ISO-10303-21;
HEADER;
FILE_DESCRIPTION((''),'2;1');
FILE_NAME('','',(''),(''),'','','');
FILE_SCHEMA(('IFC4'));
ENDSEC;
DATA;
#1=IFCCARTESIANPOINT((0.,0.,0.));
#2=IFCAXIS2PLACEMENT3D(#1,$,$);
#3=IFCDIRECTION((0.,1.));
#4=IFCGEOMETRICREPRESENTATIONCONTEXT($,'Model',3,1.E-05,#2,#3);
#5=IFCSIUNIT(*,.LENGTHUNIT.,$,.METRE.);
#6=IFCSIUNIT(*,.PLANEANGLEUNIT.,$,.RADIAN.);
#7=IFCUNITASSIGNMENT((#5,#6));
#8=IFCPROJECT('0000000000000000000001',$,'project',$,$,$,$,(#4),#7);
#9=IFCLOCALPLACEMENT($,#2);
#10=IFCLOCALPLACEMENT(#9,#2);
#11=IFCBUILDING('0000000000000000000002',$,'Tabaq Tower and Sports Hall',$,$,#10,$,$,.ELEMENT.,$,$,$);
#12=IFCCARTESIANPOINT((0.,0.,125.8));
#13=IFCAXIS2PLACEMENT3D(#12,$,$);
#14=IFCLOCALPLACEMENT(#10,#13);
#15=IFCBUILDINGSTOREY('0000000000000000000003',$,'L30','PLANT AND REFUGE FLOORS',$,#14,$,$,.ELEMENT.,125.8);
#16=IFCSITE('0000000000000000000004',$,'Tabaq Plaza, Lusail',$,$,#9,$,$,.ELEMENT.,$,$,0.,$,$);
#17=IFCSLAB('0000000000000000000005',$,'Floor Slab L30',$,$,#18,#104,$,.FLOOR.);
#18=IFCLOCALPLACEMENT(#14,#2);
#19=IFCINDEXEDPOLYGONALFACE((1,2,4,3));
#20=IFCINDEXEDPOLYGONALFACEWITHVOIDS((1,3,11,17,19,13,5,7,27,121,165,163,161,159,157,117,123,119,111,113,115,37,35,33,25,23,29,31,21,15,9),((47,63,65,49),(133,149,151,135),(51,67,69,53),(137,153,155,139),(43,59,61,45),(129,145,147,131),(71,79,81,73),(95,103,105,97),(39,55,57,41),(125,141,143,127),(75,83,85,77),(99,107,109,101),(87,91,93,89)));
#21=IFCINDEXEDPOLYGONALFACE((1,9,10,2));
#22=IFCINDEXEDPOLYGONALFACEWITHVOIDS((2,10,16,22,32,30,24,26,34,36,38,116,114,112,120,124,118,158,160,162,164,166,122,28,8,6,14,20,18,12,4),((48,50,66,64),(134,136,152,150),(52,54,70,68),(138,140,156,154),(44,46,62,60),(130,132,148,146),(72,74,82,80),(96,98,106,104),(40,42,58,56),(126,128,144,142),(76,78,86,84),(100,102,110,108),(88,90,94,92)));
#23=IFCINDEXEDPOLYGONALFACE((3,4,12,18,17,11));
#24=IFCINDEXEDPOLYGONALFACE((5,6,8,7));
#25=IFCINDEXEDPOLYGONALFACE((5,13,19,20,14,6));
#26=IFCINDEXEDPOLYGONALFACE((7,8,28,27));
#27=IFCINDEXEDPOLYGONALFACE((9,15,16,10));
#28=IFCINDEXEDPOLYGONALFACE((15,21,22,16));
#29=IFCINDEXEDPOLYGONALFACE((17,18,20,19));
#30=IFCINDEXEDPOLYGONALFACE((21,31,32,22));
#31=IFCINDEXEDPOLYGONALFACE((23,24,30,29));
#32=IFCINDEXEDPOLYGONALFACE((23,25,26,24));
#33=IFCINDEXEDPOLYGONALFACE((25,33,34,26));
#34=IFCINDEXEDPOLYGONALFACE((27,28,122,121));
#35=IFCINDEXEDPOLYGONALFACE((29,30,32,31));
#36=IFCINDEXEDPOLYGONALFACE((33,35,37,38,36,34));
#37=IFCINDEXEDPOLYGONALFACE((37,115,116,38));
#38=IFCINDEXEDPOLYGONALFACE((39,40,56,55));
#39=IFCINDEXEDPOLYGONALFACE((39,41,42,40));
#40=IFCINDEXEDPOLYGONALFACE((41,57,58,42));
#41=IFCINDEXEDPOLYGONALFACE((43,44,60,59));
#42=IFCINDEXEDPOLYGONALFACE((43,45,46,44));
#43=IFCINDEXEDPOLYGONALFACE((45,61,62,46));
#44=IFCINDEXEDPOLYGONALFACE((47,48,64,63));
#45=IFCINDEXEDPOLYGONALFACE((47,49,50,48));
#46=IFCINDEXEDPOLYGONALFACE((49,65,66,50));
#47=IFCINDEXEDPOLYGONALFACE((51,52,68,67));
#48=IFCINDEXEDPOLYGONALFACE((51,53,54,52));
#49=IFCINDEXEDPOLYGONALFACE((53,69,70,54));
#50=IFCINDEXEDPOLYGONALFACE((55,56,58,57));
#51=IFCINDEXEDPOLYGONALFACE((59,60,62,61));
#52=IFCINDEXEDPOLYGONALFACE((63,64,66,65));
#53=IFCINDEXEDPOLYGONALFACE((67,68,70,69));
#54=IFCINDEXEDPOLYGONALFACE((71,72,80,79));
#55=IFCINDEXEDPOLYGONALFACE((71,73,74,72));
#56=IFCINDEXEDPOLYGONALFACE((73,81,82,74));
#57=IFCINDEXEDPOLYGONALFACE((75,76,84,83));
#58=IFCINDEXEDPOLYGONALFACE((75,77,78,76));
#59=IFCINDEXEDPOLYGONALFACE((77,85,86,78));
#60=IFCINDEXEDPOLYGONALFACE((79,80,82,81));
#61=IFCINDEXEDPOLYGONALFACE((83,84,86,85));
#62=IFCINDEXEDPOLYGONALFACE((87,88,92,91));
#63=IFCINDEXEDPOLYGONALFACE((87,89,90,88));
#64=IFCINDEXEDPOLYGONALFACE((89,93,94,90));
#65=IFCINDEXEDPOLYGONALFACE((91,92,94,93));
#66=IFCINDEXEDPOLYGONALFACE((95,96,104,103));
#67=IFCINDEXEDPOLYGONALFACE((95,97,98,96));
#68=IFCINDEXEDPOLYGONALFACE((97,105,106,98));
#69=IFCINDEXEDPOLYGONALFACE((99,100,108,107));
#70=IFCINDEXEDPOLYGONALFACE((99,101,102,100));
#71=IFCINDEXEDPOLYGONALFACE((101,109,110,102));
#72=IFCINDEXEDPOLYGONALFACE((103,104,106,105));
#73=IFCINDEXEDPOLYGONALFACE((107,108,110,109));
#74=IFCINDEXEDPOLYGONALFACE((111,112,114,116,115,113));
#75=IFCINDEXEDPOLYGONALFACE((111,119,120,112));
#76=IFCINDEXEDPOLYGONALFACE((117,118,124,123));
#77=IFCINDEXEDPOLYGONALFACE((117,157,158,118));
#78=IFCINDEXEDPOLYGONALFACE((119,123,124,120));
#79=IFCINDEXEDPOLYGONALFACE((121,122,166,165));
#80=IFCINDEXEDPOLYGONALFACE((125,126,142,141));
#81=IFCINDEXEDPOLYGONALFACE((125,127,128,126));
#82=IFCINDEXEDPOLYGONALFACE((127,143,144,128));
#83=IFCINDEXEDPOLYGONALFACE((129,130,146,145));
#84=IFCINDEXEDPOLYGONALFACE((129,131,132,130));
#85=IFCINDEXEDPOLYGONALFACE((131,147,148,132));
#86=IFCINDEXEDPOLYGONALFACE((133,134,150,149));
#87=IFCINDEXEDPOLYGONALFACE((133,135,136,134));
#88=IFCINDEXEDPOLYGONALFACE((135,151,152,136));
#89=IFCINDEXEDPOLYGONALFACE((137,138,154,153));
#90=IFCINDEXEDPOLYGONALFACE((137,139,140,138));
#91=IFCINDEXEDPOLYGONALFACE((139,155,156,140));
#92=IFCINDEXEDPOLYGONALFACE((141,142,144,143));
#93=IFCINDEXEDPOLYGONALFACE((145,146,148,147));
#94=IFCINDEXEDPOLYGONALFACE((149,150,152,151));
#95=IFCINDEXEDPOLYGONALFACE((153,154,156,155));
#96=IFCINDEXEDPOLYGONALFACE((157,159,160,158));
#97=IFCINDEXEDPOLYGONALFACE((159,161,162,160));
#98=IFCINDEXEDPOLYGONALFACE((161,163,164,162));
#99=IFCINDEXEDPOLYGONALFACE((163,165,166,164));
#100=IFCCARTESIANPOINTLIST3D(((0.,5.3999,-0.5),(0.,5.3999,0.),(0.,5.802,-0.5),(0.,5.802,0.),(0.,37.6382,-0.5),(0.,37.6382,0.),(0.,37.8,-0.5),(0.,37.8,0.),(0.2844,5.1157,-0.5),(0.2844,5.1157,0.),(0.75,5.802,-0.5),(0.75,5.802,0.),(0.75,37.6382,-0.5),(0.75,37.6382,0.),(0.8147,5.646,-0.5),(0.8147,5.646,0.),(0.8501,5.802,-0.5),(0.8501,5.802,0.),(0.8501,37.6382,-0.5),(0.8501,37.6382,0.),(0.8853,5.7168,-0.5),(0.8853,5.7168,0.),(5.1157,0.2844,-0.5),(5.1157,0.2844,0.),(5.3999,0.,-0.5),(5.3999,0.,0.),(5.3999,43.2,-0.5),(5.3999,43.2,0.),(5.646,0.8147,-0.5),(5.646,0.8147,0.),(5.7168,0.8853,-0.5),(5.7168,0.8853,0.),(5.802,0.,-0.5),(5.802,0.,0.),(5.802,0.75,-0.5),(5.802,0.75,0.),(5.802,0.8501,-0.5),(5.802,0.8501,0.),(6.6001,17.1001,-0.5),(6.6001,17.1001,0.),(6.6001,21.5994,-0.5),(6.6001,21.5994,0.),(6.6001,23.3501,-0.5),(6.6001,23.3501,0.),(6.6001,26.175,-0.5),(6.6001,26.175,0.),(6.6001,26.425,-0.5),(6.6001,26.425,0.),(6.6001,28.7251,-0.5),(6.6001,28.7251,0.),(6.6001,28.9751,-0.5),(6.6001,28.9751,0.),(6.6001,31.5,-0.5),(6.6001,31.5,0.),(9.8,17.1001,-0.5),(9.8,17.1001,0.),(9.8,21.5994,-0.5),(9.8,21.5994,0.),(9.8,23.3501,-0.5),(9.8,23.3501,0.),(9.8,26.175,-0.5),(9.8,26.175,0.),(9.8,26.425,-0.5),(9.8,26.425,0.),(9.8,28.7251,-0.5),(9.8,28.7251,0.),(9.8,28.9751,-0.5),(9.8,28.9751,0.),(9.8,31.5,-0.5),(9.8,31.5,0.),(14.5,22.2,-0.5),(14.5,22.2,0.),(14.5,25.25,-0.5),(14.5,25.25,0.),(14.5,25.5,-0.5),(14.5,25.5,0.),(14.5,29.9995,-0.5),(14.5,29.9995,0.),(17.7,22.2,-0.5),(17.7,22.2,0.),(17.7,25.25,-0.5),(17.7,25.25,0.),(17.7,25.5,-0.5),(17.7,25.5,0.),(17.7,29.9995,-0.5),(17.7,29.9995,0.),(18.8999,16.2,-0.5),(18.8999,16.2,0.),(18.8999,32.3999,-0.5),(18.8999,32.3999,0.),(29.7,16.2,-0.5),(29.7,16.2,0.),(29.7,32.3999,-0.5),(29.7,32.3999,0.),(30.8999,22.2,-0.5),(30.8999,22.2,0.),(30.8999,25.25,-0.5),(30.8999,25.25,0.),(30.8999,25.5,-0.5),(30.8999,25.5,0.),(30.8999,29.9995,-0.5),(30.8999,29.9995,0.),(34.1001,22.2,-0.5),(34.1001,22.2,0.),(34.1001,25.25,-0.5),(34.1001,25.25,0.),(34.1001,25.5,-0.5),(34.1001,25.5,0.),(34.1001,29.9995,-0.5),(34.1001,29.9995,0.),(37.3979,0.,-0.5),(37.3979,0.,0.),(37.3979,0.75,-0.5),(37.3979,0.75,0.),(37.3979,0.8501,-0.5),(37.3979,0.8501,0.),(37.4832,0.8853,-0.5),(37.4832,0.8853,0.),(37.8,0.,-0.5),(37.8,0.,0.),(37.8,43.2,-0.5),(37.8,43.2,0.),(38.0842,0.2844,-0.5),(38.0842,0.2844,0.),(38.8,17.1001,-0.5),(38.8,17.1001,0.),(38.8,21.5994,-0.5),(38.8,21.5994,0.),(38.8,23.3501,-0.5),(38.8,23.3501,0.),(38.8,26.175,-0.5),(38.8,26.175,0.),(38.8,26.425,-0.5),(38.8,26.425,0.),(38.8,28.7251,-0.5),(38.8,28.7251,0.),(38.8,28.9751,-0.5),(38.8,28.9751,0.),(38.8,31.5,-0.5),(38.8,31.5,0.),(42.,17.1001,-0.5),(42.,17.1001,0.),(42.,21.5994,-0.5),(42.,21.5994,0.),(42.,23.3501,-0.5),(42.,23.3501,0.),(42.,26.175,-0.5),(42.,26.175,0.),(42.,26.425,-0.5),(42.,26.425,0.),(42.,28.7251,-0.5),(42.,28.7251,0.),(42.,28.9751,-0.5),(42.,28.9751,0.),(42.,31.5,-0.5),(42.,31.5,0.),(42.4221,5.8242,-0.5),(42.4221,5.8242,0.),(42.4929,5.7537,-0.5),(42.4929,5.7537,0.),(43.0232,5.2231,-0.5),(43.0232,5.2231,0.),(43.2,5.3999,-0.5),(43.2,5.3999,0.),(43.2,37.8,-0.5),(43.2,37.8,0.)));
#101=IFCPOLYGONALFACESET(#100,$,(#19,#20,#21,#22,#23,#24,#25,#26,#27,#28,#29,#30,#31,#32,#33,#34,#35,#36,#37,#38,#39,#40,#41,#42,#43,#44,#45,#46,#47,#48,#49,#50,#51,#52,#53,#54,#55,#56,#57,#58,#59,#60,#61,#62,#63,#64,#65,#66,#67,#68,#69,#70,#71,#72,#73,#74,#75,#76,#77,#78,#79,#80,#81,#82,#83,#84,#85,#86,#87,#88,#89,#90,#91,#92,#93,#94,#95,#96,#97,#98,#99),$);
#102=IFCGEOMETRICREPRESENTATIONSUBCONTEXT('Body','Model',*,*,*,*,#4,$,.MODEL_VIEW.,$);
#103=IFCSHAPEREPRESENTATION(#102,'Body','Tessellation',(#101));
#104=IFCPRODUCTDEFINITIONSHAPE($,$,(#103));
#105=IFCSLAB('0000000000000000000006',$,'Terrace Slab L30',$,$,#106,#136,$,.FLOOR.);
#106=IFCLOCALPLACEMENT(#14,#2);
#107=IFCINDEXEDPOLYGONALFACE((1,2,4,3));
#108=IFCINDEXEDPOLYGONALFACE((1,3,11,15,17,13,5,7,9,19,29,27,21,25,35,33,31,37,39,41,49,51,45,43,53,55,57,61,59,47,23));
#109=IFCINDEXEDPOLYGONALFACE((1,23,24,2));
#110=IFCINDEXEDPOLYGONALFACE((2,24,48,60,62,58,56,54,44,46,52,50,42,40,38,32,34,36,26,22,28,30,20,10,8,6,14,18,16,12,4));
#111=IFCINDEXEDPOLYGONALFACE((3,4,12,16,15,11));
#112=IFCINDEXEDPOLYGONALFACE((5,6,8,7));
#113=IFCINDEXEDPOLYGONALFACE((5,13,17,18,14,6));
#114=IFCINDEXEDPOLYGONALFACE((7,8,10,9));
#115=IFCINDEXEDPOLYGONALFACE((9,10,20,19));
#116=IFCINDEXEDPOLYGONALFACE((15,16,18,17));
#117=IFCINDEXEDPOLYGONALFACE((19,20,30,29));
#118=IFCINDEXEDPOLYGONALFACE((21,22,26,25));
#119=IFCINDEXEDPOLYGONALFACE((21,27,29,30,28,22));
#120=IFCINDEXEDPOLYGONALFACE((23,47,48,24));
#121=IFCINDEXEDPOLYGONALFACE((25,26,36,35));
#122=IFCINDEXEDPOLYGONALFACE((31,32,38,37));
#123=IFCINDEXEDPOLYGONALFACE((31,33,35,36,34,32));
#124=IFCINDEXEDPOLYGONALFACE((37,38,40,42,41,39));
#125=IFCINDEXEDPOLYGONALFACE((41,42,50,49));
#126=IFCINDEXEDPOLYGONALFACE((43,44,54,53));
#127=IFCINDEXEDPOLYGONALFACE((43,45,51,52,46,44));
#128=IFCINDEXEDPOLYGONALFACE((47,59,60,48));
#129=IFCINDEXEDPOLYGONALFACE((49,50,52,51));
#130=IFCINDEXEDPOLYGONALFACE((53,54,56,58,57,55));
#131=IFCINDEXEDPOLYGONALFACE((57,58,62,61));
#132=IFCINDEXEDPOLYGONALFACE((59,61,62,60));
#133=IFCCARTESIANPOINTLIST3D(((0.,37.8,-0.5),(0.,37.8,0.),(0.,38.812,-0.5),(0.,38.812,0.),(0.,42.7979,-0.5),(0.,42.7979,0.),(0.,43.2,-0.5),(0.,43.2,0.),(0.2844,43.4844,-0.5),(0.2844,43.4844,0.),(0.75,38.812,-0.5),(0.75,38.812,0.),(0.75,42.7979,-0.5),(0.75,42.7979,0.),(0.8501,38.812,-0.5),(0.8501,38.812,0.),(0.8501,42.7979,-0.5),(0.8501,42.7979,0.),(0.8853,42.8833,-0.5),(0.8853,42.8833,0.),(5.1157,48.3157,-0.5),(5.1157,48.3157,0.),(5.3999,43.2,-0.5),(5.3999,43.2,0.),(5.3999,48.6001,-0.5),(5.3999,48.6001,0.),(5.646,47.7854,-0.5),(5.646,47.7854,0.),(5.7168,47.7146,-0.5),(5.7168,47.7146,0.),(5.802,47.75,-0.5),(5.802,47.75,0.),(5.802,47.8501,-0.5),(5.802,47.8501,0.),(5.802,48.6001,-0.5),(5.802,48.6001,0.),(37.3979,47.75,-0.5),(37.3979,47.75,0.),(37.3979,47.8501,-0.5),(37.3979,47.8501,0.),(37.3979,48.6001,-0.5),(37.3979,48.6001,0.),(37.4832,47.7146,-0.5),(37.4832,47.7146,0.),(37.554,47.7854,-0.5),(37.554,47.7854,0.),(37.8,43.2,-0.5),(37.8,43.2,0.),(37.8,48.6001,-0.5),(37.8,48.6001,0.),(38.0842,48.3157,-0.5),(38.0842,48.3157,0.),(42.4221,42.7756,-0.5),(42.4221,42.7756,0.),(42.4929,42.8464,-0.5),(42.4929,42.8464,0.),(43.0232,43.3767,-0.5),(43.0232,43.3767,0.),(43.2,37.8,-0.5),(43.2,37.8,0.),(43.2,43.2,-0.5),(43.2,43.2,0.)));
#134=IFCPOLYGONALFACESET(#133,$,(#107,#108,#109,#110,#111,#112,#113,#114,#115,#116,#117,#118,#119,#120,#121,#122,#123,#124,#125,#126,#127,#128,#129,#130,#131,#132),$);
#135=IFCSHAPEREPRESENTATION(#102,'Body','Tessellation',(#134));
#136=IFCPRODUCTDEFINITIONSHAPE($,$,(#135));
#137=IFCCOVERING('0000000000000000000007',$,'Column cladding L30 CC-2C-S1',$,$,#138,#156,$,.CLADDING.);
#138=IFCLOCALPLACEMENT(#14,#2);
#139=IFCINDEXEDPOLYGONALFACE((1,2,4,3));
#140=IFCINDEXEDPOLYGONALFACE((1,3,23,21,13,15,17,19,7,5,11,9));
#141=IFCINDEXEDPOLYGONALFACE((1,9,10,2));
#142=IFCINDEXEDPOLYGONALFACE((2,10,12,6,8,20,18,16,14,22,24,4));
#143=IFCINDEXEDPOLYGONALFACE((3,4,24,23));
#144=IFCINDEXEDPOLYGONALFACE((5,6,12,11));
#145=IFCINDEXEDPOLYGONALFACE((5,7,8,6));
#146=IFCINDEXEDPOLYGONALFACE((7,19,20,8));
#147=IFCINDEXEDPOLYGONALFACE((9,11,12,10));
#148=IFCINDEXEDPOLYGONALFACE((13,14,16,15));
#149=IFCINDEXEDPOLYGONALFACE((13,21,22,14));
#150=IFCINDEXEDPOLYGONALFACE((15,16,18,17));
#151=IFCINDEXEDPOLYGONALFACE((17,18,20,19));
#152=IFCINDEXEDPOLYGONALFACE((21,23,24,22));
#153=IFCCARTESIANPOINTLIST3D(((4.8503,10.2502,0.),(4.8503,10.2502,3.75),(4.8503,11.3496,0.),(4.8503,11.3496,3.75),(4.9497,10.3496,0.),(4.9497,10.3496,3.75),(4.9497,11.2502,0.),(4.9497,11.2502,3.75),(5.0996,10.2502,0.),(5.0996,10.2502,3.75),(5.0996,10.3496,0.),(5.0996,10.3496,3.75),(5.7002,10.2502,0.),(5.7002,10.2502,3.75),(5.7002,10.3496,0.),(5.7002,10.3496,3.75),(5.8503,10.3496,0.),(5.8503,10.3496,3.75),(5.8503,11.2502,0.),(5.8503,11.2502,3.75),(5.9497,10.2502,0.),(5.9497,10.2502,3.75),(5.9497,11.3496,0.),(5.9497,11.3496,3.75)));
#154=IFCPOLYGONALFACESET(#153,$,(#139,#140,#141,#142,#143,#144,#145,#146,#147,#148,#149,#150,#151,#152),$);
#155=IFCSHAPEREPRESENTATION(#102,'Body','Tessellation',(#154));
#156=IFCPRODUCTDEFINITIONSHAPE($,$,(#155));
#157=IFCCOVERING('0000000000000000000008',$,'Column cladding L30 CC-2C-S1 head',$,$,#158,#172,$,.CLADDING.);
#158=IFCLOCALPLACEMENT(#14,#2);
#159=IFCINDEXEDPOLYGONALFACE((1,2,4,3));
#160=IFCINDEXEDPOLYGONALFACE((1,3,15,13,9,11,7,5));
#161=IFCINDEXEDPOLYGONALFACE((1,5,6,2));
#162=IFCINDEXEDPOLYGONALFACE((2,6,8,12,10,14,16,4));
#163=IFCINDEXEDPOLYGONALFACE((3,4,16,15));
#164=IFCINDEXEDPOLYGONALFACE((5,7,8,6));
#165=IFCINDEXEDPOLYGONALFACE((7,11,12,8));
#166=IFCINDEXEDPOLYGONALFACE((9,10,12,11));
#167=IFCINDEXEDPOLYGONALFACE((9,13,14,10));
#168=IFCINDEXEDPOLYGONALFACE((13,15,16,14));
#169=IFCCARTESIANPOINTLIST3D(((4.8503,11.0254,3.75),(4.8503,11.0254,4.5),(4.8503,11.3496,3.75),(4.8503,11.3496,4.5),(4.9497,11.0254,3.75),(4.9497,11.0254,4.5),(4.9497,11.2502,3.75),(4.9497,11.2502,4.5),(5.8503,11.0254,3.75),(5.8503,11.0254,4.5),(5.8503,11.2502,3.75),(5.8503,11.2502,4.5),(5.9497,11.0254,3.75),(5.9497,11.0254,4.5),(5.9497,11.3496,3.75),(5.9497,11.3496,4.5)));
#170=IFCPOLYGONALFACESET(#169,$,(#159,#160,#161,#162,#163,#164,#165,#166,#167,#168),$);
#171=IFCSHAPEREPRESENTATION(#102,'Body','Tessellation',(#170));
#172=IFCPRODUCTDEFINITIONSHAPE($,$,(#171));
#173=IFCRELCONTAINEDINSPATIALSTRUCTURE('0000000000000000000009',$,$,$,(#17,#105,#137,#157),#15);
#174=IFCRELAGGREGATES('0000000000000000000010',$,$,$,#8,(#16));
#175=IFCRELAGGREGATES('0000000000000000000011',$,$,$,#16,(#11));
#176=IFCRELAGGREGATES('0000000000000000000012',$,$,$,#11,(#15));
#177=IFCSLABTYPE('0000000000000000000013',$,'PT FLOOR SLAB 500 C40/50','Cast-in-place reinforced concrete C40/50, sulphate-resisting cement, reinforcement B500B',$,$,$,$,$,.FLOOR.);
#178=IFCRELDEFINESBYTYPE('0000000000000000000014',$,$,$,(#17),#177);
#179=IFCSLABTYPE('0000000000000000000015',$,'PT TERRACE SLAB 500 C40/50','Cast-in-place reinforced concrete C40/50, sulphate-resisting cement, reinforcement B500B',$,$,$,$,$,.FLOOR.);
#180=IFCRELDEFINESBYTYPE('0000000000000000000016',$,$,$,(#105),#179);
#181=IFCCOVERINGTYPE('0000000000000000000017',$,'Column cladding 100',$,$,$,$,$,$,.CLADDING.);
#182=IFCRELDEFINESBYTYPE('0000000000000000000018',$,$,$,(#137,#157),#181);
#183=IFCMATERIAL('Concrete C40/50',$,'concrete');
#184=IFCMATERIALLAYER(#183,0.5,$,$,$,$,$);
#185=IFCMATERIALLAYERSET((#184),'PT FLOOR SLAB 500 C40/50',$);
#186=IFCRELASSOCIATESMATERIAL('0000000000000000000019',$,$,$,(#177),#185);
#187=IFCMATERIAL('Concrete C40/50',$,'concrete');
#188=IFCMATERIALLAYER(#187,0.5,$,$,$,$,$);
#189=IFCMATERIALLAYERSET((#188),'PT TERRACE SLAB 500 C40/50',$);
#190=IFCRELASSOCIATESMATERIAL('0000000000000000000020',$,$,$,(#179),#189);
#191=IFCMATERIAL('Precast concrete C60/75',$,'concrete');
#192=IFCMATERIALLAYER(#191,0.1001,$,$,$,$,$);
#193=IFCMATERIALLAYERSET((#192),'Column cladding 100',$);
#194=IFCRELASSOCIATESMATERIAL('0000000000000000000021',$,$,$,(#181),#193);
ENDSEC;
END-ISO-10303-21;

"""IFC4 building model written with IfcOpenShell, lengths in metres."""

from ifc_helpers import new_model, si_unit, direction, frame, origin, place, context, subcontext, project, spatial, polyline, outline, extrude, material, layer, layer_set, type_object, element, save


model = new_model("IFC4")

# Units and contexts
model_context = context("Model", 3, precision=1e-05, world=origin(), true_north=direction((0.0, 1.0)))
body_context = subcontext(model_context, "Body", "Model", "MODEL_VIEW")
ifc_project = project(units=[si_unit("LENGTHUNIT", "METRE"), si_unit("PLANEANGLEUNIT", "RADIAN")], contexts=[model_context])

# Site, building, storey
site_placement = place(None, origin())
site = spatial("IfcSite", under=ifc_project, at=site_placement, Name="Tabaq Plaza, Lusail", CompositionType="ELEMENT", RefElevation=0.0)
building_placement = place(site_placement, origin())
building = spatial("IfcBuilding", under=site, at=building_placement, Name="Tabaq Tower and Sports Hall", CompositionType="ELEMENT")
storey_placement = place(building_placement, frame((0.0, 0.0, 125.8)))
storey = spatial("IfcBuildingStorey", under=building, at=storey_placement, Name="L30", Description="PLANT AND REFUGE FLOORS", CompositionType="ELEMENT", Elevation=125.8)

# Slabs
ifc_material_1 = material(Name="Concrete C40/50", Category="concrete")
ifc_layer_1 = layer(ifc_material_1, 0.5)
ifc_layer_set_1 = layer_set([ifc_layer_1], Name="PT FLOOR SLAB 500 C40/50")
slab_type_1 = type_object("IfcSlabType", Name="PT FLOOR SLAB 500 C40/50", Description="Cast-in-place reinforced concrete C40/50, sulphate-resisting cement, reinforcement B500B", PredefinedType="FLOOR", material=ifc_layer_set_1)
slab_1_placement = place(storey_placement, frame((0.0, 0.0, -0.5)))
element("IfcSlab", 1, at=slab_1_placement, inside=storey, type_object=slab_type_1, Name="Floor Slab L30", PredefinedType="FLOOR", context=body_context, shape_type="SweptSolid", body=[
    extrude(outline(polyline([(0.0, 5.802), (0.0, 5.3999), (0.2844, 5.1157), (0.8147, 5.646), (0.8853, 5.7168), (5.7168, 0.8853), (5.646, 0.8147), (5.1157, 0.2844), (5.3999, 0.0), (5.802, 0.0), (5.802, 0.75), (5.802, 0.8501), (37.3979, 0.8501), (37.3979, 0.75), (37.3979, 0.0), (37.8, 0.0), (38.0842, 0.2844), (37.4832, 0.8853), (42.4221, 5.8242), (42.4929, 5.7537), (43.0232, 5.2231), (43.2, 5.3999), (43.2, 37.8), (37.8, 43.2), (5.3999, 43.2), (0.0, 37.8), (0.0, 37.6382), (0.75, 37.6382), (0.8501, 37.6382), (0.8501, 5.802), (0.75, 5.802), (0.0, 5.802)]), holes=[polyline([(6.6001, 21.5994), (9.8, 21.5994), (9.8, 17.1001), (6.6001, 17.1001), (6.6001, 21.5994)]), polyline([(17.7, 25.25), (17.7, 22.2), (14.5, 22.2), (14.5, 25.25), (17.7, 25.25)]), polyline([(18.8999, 32.3999), (29.7, 32.3999), (29.7, 16.2), (18.8999, 16.2), (18.8999, 32.3999)]), polyline([(6.6001, 26.175), (9.8, 26.175), (9.8, 23.3501), (6.6001, 23.3501), (6.6001, 26.175)]), polyline([(9.8, 28.7251), (9.8, 26.425), (6.6001, 26.425), (6.6001, 28.7251), (9.8, 28.7251)]), polyline([(17.7, 29.9995), (17.7, 25.5), (14.5, 25.5), (14.5, 29.9995), (17.7, 29.9995)]), polyline([(6.6001, 31.5), (9.8, 31.5), (9.8, 28.9751), (6.6001, 28.9751), (6.6001, 31.5)]), polyline([(42.0, 21.5994), (42.0, 17.1001), (38.8, 17.1001), (38.8, 21.5994), (42.0, 21.5994)]), polyline([(34.1001, 25.25), (34.1001, 22.2), (30.8999, 22.2), (30.8999, 25.25), (34.1001, 25.25)]), polyline([(42.0, 26.175), (42.0, 23.3501), (38.8, 23.3501), (38.8, 26.175), (42.0, 26.175)]), polyline([(42.0, 28.7251), (42.0, 26.425), (38.8, 26.425), (38.8, 28.7251), (42.0, 28.7251)]), polyline([(34.1001, 29.9995), (34.1001, 25.5), (30.8999, 25.5), (30.8999, 29.9995), (34.1001, 29.9995)]), polyline([(42.0, 31.5), (42.0, 28.9751), (38.8, 28.9751), (38.8, 31.5), (42.0, 31.5)])]), origin(), (0.0, 0.0, 1.0), 0.5),
])
ifc_material_2 = material(Name="Concrete C40/50", Category="concrete")
ifc_layer_2 = layer(ifc_material_2, 0.5)
ifc_layer_set_2 = layer_set([ifc_layer_2], Name="PT TERRACE SLAB 500 C40/50")
slab_type_2 = type_object("IfcSlabType", Name="PT TERRACE SLAB 500 C40/50", Description="Cast-in-place reinforced concrete C40/50, sulphate-resisting cement, reinforcement B500B", PredefinedType="FLOOR", material=ifc_layer_set_2)
slab_2_placement = place(storey_placement, frame((0.0, 0.0, -0.5)))
element("IfcSlab", 2, at=slab_2_placement, inside=storey, type_object=slab_type_2, Name="Terrace Slab L30", PredefinedType="FLOOR", context=body_context, shape_type="SweptSolid", body=[
    extrude(outline(polyline([(5.802, 48.6001), (5.3999, 48.6001), (5.1157, 48.3157), (5.646, 47.7854), (5.7168, 47.7146), (0.8853, 42.8833), (0.2844, 43.4844), (0.0, 43.2), (0.0, 42.7979), (0.75, 42.7979), (0.8501, 42.7979), (0.8501, 38.812), (0.75, 38.812), (0.0, 38.812), (0.0, 37.8), (5.3999, 43.2), (37.8, 43.2), (43.2, 37.8), (43.2, 43.2), (43.0232, 43.3767), (42.4929, 42.8464), (42.4221, 42.7756), (37.4832, 47.7146), (37.554, 47.7854), (38.0842, 48.3157), (37.8, 48.6001), (37.3979, 48.6001), (37.3979, 47.8501), (37.3979, 47.75), (5.802, 47.75), (5.802, 47.8501), (5.802, 48.6001)])), origin(), (0.0, 0.0, 1.0), 0.5),
])

# Coverings
ifc_material_3 = material(Name="Precast concrete C60/75", Category="concrete")
ifc_layer_3 = layer(ifc_material_3, 0.1001)
ifc_layer_set_3 = layer_set([ifc_layer_3], Name="Column cladding 100")
covering_type = type_object("IfcCoveringType", Name="Column cladding 100", PredefinedType="CLADDING", material=ifc_layer_set_3)
covering_1_placement = place(storey_placement, origin())
element("IfcCovering", 3, at=covering_1_placement, inside=storey, type_object=covering_type, Name="Column cladding L30 CC-2C-S1", PredefinedType="CLADDING", context=body_context, shape_type="SweptSolid", body=[
    extrude(outline(polyline([(5.0996, 10.3496), (5.0996, 10.2502), (4.8503, 10.2502), (4.8503, 11.3496), (5.9497, 11.3496), (5.9497, 10.2502), (5.7002, 10.2502), (5.7002, 10.3496), (5.8503, 10.3496), (5.8503, 11.2502), (4.9497, 11.2502), (4.9497, 10.3496), (5.0996, 10.3496)])), origin(), (0.0, 0.0, 1.0), 3.75),
])
covering_2_placement = place(storey_placement, frame((0.0, 0.0, 3.75)))
element("IfcCovering", 4, at=covering_2_placement, inside=storey, type_object=covering_type, Name="Column cladding L30 CC-2C-S1 head", PredefinedType="CLADDING", context=body_context, shape_type="SweptSolid", body=[
    extrude(outline(polyline([(5.9497, 11.0254), (5.8503, 11.0254), (5.8503, 11.2502), (4.9497, 11.2502), (4.9497, 11.0254), (4.8503, 11.0254), (4.8503, 11.3496), (5.9497, 11.3496), (5.9497, 11.0254)])), origin(), (0.0, 0.0, 1.0), 0.75),
])

save(model, "model.ifc")
